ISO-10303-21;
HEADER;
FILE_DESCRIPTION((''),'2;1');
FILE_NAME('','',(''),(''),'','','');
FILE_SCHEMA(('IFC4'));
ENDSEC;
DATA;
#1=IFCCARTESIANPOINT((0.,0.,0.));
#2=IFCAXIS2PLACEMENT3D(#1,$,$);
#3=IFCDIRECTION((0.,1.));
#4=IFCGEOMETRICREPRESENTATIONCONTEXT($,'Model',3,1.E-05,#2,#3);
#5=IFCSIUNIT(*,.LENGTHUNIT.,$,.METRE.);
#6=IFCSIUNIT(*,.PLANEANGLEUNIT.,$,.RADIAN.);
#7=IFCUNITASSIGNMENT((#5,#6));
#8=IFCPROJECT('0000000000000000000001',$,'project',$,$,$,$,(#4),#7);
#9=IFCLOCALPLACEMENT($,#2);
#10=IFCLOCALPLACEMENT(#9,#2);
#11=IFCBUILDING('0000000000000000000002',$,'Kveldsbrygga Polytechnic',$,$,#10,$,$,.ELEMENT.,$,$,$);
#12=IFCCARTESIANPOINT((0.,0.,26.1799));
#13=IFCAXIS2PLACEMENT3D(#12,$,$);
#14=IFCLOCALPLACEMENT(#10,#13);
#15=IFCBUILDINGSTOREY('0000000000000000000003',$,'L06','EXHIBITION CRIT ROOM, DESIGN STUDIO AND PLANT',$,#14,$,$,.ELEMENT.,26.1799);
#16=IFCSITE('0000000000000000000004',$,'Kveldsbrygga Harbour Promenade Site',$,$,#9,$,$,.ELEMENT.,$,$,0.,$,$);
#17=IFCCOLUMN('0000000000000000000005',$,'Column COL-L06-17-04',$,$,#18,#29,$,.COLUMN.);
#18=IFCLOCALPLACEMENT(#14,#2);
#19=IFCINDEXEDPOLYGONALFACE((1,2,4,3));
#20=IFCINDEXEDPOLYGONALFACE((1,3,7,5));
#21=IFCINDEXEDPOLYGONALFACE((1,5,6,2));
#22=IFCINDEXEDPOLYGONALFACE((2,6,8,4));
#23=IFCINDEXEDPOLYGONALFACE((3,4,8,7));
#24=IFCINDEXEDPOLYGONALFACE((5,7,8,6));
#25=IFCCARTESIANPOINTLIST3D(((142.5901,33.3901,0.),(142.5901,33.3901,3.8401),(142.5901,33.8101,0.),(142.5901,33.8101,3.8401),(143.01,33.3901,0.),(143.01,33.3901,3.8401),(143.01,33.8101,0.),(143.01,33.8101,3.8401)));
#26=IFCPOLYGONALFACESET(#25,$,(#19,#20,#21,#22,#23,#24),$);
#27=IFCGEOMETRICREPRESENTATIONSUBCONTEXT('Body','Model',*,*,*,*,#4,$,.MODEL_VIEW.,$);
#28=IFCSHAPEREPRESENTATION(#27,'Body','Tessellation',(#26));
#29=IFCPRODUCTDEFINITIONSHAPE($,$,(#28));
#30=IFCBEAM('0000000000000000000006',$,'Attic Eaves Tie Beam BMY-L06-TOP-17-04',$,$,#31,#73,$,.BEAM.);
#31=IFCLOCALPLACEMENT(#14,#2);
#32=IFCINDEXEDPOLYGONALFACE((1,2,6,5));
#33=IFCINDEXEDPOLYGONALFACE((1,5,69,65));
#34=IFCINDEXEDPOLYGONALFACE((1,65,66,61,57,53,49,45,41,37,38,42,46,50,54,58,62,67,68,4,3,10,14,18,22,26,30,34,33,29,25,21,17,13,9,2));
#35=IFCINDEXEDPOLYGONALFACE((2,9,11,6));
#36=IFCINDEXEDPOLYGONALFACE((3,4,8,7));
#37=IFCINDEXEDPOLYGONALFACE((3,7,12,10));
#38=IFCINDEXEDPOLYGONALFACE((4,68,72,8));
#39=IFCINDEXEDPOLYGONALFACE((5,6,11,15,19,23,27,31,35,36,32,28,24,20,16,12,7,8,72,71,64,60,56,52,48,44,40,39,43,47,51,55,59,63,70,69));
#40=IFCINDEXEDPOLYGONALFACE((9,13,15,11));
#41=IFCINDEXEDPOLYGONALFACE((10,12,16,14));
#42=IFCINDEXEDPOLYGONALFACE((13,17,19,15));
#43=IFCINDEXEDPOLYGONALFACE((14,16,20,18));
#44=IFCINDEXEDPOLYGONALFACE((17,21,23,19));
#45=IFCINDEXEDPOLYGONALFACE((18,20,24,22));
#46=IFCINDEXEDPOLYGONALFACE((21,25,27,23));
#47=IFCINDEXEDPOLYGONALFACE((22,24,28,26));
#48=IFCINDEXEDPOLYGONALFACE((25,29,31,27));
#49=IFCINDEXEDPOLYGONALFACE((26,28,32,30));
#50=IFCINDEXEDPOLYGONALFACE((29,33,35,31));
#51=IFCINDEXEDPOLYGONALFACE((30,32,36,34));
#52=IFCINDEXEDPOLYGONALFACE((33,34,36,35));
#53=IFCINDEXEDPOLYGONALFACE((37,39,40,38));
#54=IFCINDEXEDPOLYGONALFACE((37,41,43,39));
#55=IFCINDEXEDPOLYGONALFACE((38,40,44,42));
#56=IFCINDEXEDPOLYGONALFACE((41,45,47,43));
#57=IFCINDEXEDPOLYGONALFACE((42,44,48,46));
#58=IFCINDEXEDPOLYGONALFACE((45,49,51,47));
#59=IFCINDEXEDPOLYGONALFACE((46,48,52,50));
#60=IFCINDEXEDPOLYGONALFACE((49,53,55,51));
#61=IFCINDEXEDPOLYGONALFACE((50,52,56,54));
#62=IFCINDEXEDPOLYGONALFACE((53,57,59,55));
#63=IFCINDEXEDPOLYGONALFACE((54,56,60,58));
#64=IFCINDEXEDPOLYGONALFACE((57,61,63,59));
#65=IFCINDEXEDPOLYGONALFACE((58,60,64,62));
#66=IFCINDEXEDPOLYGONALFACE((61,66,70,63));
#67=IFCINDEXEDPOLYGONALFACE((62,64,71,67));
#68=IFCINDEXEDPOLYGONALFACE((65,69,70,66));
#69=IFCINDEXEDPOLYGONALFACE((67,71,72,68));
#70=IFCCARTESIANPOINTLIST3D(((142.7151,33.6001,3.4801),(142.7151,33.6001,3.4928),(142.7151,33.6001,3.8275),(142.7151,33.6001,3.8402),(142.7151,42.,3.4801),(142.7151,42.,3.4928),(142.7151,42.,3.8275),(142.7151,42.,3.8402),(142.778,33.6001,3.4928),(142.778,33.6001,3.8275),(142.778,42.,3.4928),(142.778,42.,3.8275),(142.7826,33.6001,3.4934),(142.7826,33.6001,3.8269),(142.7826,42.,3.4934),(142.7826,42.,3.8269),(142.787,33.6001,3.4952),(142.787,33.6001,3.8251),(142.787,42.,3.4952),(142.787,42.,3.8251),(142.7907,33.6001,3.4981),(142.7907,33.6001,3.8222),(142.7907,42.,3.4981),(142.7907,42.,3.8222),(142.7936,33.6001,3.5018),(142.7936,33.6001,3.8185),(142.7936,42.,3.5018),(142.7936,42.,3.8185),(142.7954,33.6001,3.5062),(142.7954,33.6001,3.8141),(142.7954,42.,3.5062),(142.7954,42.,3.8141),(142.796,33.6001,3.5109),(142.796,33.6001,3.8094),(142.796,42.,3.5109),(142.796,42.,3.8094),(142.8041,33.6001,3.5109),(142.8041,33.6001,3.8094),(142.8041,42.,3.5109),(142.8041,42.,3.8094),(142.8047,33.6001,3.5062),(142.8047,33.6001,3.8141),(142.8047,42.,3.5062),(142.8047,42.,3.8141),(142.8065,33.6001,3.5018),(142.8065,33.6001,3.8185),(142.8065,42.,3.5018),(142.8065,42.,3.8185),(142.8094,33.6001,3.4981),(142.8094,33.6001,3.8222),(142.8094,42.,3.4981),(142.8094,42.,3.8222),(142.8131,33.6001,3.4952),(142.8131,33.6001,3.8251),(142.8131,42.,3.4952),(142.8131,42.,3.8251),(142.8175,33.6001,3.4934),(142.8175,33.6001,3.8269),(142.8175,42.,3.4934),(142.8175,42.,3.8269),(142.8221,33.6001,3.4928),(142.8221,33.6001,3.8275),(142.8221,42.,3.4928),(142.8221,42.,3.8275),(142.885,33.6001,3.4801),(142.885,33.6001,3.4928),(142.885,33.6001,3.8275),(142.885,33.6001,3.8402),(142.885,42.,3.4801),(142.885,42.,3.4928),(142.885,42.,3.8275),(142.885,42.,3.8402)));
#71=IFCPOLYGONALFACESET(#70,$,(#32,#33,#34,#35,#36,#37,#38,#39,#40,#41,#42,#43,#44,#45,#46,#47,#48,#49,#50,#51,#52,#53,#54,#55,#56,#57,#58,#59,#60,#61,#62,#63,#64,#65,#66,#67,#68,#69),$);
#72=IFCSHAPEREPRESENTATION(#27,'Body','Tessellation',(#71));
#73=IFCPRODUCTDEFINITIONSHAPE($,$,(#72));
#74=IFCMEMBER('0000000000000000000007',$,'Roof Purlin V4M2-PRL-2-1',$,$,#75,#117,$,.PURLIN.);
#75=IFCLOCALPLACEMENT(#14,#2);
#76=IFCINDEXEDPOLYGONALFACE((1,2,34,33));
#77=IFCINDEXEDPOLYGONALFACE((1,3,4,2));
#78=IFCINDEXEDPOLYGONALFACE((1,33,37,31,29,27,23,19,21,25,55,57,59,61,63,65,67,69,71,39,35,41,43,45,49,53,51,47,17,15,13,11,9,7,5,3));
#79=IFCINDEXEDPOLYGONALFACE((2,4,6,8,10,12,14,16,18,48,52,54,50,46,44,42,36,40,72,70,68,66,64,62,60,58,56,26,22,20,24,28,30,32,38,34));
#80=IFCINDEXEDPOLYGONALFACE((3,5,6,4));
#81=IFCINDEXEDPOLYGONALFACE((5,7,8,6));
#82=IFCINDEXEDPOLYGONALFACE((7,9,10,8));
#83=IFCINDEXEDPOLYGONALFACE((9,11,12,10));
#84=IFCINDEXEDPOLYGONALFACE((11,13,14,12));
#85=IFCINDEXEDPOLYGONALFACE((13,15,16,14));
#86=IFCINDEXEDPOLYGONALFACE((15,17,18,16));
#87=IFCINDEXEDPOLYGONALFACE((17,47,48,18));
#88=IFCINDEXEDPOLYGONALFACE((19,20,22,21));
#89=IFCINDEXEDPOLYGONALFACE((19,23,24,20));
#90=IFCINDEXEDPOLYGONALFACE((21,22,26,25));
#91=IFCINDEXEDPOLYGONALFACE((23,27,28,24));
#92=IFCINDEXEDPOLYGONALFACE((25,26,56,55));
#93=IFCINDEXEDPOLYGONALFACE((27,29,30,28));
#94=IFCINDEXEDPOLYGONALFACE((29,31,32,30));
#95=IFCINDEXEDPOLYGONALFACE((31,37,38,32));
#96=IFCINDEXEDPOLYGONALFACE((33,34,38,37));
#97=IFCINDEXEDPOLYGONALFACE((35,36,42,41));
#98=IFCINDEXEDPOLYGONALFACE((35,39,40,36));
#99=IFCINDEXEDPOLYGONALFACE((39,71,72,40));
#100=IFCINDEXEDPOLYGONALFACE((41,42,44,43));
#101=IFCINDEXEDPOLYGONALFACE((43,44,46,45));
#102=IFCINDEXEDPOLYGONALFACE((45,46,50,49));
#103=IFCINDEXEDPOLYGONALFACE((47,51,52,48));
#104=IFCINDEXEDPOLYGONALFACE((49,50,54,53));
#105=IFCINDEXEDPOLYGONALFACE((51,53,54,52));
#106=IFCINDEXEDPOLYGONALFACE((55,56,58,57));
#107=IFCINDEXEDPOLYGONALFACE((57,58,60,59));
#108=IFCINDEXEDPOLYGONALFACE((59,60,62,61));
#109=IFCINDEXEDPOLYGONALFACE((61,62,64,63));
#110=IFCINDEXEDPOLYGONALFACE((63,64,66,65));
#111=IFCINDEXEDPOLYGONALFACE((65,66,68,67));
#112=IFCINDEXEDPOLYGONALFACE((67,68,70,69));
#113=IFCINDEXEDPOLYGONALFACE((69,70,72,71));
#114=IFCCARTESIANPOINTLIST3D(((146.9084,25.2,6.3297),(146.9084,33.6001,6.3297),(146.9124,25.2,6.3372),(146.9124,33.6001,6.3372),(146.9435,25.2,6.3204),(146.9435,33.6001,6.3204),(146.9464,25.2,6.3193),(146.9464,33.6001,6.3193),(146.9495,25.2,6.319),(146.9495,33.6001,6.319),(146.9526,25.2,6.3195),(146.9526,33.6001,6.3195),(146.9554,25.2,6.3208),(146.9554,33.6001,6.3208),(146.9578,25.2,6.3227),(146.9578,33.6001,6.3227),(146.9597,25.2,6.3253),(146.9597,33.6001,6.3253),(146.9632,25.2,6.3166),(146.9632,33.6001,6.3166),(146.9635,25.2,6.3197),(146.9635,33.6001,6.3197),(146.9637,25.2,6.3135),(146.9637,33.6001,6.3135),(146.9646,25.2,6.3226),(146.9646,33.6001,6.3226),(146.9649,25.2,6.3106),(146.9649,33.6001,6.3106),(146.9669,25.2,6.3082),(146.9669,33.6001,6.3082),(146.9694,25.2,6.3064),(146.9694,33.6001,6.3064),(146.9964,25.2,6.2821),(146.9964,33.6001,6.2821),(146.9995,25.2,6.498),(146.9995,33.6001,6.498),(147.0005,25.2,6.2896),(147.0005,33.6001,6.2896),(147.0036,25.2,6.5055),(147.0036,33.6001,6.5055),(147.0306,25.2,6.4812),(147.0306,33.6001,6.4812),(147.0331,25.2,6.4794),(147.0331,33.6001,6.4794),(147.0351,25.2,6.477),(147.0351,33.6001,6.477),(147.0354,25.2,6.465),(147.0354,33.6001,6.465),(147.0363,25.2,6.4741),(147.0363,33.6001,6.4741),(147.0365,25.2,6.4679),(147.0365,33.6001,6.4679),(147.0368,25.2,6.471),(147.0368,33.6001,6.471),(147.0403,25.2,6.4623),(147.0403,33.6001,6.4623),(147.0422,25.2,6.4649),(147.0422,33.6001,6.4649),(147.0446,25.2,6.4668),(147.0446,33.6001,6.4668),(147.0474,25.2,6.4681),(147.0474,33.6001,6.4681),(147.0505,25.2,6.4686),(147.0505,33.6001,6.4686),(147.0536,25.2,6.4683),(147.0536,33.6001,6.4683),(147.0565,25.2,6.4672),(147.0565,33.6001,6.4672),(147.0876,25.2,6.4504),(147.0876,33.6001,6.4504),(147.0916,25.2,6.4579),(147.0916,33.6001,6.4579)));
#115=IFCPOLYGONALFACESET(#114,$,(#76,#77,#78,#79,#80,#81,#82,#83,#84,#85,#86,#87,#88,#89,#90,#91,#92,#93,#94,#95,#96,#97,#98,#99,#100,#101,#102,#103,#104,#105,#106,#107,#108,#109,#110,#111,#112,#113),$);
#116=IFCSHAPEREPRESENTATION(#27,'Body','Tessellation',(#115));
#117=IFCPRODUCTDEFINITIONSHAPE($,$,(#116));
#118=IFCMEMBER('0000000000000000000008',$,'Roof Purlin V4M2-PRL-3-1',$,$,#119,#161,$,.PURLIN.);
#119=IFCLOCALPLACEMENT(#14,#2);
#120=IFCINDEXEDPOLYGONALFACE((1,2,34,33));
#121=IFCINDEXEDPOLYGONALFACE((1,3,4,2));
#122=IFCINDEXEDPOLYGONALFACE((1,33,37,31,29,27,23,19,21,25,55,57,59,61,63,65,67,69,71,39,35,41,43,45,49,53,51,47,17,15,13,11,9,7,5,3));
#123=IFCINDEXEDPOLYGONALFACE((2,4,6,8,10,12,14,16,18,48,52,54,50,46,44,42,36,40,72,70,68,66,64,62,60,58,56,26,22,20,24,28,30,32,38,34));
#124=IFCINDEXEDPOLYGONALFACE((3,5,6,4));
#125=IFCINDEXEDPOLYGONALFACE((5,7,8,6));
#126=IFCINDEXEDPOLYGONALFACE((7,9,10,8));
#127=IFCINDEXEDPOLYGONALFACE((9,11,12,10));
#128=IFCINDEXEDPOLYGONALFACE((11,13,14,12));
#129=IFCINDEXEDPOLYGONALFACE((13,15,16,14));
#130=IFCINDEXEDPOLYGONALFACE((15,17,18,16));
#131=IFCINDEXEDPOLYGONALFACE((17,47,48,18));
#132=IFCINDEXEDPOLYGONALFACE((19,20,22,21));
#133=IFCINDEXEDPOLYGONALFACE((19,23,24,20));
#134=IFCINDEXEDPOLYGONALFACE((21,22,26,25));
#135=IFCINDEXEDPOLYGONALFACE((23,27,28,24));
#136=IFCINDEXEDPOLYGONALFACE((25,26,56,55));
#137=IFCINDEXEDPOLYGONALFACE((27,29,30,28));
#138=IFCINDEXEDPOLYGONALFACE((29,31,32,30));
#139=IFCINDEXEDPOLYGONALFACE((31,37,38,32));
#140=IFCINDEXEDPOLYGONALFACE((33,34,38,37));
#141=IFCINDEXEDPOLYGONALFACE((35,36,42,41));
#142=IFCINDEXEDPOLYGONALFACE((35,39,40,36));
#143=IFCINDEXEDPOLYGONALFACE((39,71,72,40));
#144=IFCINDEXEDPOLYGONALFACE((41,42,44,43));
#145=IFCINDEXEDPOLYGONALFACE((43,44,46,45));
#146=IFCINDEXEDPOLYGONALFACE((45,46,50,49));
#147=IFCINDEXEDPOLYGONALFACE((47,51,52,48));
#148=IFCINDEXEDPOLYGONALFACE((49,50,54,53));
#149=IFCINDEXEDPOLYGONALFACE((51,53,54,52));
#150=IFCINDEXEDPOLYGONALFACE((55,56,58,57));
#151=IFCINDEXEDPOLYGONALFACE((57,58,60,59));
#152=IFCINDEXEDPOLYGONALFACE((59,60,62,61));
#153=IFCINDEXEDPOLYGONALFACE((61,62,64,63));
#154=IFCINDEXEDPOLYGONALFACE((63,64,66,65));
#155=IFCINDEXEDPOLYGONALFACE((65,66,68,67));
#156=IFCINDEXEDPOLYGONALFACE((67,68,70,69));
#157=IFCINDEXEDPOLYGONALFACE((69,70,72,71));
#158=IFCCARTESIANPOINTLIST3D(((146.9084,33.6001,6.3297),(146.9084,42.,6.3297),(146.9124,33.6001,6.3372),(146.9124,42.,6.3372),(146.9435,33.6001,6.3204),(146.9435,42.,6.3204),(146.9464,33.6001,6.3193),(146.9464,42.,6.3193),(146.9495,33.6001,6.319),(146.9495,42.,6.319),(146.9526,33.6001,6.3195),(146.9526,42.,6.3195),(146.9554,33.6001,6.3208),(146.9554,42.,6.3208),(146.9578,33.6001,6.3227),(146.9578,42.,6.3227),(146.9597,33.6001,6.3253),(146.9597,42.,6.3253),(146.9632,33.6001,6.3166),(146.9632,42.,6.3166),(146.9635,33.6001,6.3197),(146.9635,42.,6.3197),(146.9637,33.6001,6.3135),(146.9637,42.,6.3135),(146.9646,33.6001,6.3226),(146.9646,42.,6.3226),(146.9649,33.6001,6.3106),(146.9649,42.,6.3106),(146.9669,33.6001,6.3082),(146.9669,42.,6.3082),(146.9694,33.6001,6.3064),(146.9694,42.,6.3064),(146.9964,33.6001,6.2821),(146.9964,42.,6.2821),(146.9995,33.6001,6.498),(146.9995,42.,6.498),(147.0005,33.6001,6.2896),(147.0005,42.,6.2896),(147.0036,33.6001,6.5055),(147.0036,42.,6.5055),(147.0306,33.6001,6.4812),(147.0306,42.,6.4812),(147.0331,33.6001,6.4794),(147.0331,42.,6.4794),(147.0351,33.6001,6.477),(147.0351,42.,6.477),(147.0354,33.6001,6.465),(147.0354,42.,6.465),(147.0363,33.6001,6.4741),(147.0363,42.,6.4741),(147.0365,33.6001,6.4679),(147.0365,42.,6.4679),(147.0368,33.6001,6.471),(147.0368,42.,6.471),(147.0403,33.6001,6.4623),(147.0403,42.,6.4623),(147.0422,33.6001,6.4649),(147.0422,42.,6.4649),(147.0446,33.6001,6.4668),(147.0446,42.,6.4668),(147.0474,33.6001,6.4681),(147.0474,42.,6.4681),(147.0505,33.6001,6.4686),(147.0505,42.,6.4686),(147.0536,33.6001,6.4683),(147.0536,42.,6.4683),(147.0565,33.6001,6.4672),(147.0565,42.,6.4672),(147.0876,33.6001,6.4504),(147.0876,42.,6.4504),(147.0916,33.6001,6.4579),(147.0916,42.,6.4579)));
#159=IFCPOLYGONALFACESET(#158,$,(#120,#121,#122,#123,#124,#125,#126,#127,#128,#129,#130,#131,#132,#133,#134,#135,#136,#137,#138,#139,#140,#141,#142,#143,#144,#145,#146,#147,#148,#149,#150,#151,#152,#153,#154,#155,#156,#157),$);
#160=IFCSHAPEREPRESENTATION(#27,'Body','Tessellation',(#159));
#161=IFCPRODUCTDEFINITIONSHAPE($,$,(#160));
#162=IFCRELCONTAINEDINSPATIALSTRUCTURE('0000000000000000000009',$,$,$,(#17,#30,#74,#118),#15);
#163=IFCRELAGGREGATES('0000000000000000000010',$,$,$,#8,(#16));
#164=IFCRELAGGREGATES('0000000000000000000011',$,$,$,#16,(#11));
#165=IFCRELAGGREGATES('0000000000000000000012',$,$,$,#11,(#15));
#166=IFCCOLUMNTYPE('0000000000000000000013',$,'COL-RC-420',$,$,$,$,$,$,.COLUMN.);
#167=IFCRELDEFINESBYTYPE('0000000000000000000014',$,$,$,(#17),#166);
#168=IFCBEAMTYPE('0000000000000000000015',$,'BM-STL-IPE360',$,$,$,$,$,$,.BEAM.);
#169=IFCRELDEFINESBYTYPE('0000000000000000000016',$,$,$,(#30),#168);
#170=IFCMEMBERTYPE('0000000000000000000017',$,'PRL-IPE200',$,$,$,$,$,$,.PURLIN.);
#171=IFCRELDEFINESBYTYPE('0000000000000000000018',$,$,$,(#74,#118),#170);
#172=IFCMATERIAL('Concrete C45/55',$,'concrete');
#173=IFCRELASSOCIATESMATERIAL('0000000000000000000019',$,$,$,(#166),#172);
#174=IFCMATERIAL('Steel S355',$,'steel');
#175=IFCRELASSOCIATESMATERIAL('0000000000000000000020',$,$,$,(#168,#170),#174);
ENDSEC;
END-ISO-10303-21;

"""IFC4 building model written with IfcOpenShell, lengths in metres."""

from ifc_helpers import new_model, si_unit, direction, frame, origin, origin_2d, place, context, subcontext, project, spatial, rectangle, i_section, extrude, material, material_profile, profile_set, type_object, element, save


model = new_model("IFC4")

# Units and contexts
model_context = context("Model", 3, precision=1e-05, world=origin(), true_north=direction((0.0, 1.0)))
body_context = subcontext(model_context, "Body", "Model", "MODEL_VIEW")
ifc_project = project(units=[si_unit("LENGTHUNIT", "METRE"), si_unit("PLANEANGLEUNIT", "RADIAN")], contexts=[model_context])

# Site, building, storey
site_placement = place(None, origin())
site = spatial("IfcSite", under=ifc_project, at=site_placement, Name="Kveldsbrygga Harbour Promenade Site", CompositionType="ELEMENT", RefElevation=0.0)
building_placement = place(site_placement, origin())
building = spatial("IfcBuilding", under=site, at=building_placement, Name="Kveldsbrygga Polytechnic", CompositionType="ELEMENT")
storey_placement = place(building_placement, frame((0.0, 0.0, 26.1799)))
storey = spatial("IfcBuildingStorey", under=building, at=storey_placement, Name="L06", Description="EXHIBITION CRIT ROOM, DESIGN STUDIO AND PLANT", CompositionType="ELEMENT", Elevation=26.1799)

# Column
ifc_material_1 = material(Name="Concrete C45/55", Category="concrete")
ifc_material_profile_1 = material_profile(ifc_material_1, rectangle(XDim=0.4199, YDim=0.4199, at=origin_2d()), Name="RC 420x420")
ifc_profile_set_1 = profile_set([ifc_material_profile_1], Name="Concrete C45/55")
column_type = type_object("IfcColumnType", Name="COL-RC-420", PredefinedType="COLUMN", material=ifc_profile_set_1)
column_placement = place(storey_placement, frame((142.8, 33.6001, 0.0), z_axis=(0.0, 0.0, 1.0), x_axis=(1.0, 0.0, 0.0)))
element("IfcColumn", 1, at=column_placement, inside=storey, type_object=column_type, Name="Column COL-L06-17-04", PredefinedType="COLUMN", context=body_context, shape_type="SweptSolid", body=[
    extrude(rectangle(XDim=0.4199, YDim=0.4199, at=origin_2d()), origin(), (0.0, 0.0, 1.0), 3.8401),
])

# Beam
ifc_material_2 = material(Name="Steel S355", Category="steel")
ifc_material_profile_2 = material_profile(ifc_material_2, i_section(OverallWidth=0.1699, OverallDepth=0.3601, WebThickness=0.0081, FlangeThickness=0.0127, FilletRadius=0.0181, at=origin_2d()), Name="IPE 360")
ifc_profile_set_2 = profile_set([ifc_material_profile_2], Name="Steel S355")
beam_type = type_object("IfcBeamType", Name="BM-STL-IPE360", PredefinedType="BEAM", material=ifc_profile_set_2)
beam_placement = place(storey_placement, frame((142.8, 33.6001, 3.6602), z_axis=(0.0, 1.0, 0.0), x_axis=(-1.0, 0.0, 0.0)))
element("IfcBeam", 2, at=beam_placement, inside=storey, type_object=beam_type, Name="Attic Eaves Tie Beam BMY-L06-TOP-17-04", PredefinedType="BEAM", context=body_context, shape_type="SweptSolid", body=[
    extrude(i_section(OverallWidth=0.1699, OverallDepth=0.3601, WebThickness=0.0081, FlangeThickness=0.0127, FilletRadius=0.0181, at=origin_2d()), origin(), (0.0, 0.0, 1.0), 8.3999),
])

# Members
ifc_material_profile_3 = material_profile(ifc_material_2, i_section(OverallWidth=0.1001, OverallDepth=0.2, WebThickness=0.0056, FlangeThickness=0.0085, FilletRadius=0.012, at=origin_2d()), Name="IPE 200")
ifc_profile_set_3 = profile_set([ifc_material_profile_3], Name="Steel S355")
member_type_1 = type_object("IfcMemberType", Name="PRL-IPE200", PredefinedType="PURLIN", material=ifc_profile_set_3)
member_1_placement = place(storey_placement, frame((147.0, 25.2, 6.3938), z_axis=(0.0, 1.0, 0.0), x_axis=(-0.879292, 0.0, 0.476283)))
element("IfcMember", 3, at=member_1_placement, inside=storey, type_object=member_type_1, Name="Roof Purlin V4M2-PRL-2-1", PredefinedType="PURLIN", context=body_context, shape_type="SweptSolid", body=[
    extrude(i_section(OverallWidth=0.1001, OverallDepth=0.2, WebThickness=0.0056, FlangeThickness=0.0085, FilletRadius=0.012, at=origin_2d()), origin(), (0.0, 0.0, 1.0), 8.4001),
])
member_2_placement = place(storey_placement, frame((147.0, 33.6001, 6.3938), z_axis=(0.0, 1.0, 0.0), x_axis=(-0.879292, 0.0, 0.476283)))
element("IfcMember", 4, at=member_2_placement, inside=storey, type_object=member_type_1, Name="Roof Purlin V4M2-PRL-3-1", PredefinedType="PURLIN", context=body_context, shape_type="SweptSolid", body=[
    extrude(i_section(OverallWidth=0.1001, OverallDepth=0.2, WebThickness=0.0056, FlangeThickness=0.0085, FilletRadius=0.012, at=origin_2d()), origin(), (0.0, 0.0, 1.0), 8.3999),
])

save(model, "model.ifc")
